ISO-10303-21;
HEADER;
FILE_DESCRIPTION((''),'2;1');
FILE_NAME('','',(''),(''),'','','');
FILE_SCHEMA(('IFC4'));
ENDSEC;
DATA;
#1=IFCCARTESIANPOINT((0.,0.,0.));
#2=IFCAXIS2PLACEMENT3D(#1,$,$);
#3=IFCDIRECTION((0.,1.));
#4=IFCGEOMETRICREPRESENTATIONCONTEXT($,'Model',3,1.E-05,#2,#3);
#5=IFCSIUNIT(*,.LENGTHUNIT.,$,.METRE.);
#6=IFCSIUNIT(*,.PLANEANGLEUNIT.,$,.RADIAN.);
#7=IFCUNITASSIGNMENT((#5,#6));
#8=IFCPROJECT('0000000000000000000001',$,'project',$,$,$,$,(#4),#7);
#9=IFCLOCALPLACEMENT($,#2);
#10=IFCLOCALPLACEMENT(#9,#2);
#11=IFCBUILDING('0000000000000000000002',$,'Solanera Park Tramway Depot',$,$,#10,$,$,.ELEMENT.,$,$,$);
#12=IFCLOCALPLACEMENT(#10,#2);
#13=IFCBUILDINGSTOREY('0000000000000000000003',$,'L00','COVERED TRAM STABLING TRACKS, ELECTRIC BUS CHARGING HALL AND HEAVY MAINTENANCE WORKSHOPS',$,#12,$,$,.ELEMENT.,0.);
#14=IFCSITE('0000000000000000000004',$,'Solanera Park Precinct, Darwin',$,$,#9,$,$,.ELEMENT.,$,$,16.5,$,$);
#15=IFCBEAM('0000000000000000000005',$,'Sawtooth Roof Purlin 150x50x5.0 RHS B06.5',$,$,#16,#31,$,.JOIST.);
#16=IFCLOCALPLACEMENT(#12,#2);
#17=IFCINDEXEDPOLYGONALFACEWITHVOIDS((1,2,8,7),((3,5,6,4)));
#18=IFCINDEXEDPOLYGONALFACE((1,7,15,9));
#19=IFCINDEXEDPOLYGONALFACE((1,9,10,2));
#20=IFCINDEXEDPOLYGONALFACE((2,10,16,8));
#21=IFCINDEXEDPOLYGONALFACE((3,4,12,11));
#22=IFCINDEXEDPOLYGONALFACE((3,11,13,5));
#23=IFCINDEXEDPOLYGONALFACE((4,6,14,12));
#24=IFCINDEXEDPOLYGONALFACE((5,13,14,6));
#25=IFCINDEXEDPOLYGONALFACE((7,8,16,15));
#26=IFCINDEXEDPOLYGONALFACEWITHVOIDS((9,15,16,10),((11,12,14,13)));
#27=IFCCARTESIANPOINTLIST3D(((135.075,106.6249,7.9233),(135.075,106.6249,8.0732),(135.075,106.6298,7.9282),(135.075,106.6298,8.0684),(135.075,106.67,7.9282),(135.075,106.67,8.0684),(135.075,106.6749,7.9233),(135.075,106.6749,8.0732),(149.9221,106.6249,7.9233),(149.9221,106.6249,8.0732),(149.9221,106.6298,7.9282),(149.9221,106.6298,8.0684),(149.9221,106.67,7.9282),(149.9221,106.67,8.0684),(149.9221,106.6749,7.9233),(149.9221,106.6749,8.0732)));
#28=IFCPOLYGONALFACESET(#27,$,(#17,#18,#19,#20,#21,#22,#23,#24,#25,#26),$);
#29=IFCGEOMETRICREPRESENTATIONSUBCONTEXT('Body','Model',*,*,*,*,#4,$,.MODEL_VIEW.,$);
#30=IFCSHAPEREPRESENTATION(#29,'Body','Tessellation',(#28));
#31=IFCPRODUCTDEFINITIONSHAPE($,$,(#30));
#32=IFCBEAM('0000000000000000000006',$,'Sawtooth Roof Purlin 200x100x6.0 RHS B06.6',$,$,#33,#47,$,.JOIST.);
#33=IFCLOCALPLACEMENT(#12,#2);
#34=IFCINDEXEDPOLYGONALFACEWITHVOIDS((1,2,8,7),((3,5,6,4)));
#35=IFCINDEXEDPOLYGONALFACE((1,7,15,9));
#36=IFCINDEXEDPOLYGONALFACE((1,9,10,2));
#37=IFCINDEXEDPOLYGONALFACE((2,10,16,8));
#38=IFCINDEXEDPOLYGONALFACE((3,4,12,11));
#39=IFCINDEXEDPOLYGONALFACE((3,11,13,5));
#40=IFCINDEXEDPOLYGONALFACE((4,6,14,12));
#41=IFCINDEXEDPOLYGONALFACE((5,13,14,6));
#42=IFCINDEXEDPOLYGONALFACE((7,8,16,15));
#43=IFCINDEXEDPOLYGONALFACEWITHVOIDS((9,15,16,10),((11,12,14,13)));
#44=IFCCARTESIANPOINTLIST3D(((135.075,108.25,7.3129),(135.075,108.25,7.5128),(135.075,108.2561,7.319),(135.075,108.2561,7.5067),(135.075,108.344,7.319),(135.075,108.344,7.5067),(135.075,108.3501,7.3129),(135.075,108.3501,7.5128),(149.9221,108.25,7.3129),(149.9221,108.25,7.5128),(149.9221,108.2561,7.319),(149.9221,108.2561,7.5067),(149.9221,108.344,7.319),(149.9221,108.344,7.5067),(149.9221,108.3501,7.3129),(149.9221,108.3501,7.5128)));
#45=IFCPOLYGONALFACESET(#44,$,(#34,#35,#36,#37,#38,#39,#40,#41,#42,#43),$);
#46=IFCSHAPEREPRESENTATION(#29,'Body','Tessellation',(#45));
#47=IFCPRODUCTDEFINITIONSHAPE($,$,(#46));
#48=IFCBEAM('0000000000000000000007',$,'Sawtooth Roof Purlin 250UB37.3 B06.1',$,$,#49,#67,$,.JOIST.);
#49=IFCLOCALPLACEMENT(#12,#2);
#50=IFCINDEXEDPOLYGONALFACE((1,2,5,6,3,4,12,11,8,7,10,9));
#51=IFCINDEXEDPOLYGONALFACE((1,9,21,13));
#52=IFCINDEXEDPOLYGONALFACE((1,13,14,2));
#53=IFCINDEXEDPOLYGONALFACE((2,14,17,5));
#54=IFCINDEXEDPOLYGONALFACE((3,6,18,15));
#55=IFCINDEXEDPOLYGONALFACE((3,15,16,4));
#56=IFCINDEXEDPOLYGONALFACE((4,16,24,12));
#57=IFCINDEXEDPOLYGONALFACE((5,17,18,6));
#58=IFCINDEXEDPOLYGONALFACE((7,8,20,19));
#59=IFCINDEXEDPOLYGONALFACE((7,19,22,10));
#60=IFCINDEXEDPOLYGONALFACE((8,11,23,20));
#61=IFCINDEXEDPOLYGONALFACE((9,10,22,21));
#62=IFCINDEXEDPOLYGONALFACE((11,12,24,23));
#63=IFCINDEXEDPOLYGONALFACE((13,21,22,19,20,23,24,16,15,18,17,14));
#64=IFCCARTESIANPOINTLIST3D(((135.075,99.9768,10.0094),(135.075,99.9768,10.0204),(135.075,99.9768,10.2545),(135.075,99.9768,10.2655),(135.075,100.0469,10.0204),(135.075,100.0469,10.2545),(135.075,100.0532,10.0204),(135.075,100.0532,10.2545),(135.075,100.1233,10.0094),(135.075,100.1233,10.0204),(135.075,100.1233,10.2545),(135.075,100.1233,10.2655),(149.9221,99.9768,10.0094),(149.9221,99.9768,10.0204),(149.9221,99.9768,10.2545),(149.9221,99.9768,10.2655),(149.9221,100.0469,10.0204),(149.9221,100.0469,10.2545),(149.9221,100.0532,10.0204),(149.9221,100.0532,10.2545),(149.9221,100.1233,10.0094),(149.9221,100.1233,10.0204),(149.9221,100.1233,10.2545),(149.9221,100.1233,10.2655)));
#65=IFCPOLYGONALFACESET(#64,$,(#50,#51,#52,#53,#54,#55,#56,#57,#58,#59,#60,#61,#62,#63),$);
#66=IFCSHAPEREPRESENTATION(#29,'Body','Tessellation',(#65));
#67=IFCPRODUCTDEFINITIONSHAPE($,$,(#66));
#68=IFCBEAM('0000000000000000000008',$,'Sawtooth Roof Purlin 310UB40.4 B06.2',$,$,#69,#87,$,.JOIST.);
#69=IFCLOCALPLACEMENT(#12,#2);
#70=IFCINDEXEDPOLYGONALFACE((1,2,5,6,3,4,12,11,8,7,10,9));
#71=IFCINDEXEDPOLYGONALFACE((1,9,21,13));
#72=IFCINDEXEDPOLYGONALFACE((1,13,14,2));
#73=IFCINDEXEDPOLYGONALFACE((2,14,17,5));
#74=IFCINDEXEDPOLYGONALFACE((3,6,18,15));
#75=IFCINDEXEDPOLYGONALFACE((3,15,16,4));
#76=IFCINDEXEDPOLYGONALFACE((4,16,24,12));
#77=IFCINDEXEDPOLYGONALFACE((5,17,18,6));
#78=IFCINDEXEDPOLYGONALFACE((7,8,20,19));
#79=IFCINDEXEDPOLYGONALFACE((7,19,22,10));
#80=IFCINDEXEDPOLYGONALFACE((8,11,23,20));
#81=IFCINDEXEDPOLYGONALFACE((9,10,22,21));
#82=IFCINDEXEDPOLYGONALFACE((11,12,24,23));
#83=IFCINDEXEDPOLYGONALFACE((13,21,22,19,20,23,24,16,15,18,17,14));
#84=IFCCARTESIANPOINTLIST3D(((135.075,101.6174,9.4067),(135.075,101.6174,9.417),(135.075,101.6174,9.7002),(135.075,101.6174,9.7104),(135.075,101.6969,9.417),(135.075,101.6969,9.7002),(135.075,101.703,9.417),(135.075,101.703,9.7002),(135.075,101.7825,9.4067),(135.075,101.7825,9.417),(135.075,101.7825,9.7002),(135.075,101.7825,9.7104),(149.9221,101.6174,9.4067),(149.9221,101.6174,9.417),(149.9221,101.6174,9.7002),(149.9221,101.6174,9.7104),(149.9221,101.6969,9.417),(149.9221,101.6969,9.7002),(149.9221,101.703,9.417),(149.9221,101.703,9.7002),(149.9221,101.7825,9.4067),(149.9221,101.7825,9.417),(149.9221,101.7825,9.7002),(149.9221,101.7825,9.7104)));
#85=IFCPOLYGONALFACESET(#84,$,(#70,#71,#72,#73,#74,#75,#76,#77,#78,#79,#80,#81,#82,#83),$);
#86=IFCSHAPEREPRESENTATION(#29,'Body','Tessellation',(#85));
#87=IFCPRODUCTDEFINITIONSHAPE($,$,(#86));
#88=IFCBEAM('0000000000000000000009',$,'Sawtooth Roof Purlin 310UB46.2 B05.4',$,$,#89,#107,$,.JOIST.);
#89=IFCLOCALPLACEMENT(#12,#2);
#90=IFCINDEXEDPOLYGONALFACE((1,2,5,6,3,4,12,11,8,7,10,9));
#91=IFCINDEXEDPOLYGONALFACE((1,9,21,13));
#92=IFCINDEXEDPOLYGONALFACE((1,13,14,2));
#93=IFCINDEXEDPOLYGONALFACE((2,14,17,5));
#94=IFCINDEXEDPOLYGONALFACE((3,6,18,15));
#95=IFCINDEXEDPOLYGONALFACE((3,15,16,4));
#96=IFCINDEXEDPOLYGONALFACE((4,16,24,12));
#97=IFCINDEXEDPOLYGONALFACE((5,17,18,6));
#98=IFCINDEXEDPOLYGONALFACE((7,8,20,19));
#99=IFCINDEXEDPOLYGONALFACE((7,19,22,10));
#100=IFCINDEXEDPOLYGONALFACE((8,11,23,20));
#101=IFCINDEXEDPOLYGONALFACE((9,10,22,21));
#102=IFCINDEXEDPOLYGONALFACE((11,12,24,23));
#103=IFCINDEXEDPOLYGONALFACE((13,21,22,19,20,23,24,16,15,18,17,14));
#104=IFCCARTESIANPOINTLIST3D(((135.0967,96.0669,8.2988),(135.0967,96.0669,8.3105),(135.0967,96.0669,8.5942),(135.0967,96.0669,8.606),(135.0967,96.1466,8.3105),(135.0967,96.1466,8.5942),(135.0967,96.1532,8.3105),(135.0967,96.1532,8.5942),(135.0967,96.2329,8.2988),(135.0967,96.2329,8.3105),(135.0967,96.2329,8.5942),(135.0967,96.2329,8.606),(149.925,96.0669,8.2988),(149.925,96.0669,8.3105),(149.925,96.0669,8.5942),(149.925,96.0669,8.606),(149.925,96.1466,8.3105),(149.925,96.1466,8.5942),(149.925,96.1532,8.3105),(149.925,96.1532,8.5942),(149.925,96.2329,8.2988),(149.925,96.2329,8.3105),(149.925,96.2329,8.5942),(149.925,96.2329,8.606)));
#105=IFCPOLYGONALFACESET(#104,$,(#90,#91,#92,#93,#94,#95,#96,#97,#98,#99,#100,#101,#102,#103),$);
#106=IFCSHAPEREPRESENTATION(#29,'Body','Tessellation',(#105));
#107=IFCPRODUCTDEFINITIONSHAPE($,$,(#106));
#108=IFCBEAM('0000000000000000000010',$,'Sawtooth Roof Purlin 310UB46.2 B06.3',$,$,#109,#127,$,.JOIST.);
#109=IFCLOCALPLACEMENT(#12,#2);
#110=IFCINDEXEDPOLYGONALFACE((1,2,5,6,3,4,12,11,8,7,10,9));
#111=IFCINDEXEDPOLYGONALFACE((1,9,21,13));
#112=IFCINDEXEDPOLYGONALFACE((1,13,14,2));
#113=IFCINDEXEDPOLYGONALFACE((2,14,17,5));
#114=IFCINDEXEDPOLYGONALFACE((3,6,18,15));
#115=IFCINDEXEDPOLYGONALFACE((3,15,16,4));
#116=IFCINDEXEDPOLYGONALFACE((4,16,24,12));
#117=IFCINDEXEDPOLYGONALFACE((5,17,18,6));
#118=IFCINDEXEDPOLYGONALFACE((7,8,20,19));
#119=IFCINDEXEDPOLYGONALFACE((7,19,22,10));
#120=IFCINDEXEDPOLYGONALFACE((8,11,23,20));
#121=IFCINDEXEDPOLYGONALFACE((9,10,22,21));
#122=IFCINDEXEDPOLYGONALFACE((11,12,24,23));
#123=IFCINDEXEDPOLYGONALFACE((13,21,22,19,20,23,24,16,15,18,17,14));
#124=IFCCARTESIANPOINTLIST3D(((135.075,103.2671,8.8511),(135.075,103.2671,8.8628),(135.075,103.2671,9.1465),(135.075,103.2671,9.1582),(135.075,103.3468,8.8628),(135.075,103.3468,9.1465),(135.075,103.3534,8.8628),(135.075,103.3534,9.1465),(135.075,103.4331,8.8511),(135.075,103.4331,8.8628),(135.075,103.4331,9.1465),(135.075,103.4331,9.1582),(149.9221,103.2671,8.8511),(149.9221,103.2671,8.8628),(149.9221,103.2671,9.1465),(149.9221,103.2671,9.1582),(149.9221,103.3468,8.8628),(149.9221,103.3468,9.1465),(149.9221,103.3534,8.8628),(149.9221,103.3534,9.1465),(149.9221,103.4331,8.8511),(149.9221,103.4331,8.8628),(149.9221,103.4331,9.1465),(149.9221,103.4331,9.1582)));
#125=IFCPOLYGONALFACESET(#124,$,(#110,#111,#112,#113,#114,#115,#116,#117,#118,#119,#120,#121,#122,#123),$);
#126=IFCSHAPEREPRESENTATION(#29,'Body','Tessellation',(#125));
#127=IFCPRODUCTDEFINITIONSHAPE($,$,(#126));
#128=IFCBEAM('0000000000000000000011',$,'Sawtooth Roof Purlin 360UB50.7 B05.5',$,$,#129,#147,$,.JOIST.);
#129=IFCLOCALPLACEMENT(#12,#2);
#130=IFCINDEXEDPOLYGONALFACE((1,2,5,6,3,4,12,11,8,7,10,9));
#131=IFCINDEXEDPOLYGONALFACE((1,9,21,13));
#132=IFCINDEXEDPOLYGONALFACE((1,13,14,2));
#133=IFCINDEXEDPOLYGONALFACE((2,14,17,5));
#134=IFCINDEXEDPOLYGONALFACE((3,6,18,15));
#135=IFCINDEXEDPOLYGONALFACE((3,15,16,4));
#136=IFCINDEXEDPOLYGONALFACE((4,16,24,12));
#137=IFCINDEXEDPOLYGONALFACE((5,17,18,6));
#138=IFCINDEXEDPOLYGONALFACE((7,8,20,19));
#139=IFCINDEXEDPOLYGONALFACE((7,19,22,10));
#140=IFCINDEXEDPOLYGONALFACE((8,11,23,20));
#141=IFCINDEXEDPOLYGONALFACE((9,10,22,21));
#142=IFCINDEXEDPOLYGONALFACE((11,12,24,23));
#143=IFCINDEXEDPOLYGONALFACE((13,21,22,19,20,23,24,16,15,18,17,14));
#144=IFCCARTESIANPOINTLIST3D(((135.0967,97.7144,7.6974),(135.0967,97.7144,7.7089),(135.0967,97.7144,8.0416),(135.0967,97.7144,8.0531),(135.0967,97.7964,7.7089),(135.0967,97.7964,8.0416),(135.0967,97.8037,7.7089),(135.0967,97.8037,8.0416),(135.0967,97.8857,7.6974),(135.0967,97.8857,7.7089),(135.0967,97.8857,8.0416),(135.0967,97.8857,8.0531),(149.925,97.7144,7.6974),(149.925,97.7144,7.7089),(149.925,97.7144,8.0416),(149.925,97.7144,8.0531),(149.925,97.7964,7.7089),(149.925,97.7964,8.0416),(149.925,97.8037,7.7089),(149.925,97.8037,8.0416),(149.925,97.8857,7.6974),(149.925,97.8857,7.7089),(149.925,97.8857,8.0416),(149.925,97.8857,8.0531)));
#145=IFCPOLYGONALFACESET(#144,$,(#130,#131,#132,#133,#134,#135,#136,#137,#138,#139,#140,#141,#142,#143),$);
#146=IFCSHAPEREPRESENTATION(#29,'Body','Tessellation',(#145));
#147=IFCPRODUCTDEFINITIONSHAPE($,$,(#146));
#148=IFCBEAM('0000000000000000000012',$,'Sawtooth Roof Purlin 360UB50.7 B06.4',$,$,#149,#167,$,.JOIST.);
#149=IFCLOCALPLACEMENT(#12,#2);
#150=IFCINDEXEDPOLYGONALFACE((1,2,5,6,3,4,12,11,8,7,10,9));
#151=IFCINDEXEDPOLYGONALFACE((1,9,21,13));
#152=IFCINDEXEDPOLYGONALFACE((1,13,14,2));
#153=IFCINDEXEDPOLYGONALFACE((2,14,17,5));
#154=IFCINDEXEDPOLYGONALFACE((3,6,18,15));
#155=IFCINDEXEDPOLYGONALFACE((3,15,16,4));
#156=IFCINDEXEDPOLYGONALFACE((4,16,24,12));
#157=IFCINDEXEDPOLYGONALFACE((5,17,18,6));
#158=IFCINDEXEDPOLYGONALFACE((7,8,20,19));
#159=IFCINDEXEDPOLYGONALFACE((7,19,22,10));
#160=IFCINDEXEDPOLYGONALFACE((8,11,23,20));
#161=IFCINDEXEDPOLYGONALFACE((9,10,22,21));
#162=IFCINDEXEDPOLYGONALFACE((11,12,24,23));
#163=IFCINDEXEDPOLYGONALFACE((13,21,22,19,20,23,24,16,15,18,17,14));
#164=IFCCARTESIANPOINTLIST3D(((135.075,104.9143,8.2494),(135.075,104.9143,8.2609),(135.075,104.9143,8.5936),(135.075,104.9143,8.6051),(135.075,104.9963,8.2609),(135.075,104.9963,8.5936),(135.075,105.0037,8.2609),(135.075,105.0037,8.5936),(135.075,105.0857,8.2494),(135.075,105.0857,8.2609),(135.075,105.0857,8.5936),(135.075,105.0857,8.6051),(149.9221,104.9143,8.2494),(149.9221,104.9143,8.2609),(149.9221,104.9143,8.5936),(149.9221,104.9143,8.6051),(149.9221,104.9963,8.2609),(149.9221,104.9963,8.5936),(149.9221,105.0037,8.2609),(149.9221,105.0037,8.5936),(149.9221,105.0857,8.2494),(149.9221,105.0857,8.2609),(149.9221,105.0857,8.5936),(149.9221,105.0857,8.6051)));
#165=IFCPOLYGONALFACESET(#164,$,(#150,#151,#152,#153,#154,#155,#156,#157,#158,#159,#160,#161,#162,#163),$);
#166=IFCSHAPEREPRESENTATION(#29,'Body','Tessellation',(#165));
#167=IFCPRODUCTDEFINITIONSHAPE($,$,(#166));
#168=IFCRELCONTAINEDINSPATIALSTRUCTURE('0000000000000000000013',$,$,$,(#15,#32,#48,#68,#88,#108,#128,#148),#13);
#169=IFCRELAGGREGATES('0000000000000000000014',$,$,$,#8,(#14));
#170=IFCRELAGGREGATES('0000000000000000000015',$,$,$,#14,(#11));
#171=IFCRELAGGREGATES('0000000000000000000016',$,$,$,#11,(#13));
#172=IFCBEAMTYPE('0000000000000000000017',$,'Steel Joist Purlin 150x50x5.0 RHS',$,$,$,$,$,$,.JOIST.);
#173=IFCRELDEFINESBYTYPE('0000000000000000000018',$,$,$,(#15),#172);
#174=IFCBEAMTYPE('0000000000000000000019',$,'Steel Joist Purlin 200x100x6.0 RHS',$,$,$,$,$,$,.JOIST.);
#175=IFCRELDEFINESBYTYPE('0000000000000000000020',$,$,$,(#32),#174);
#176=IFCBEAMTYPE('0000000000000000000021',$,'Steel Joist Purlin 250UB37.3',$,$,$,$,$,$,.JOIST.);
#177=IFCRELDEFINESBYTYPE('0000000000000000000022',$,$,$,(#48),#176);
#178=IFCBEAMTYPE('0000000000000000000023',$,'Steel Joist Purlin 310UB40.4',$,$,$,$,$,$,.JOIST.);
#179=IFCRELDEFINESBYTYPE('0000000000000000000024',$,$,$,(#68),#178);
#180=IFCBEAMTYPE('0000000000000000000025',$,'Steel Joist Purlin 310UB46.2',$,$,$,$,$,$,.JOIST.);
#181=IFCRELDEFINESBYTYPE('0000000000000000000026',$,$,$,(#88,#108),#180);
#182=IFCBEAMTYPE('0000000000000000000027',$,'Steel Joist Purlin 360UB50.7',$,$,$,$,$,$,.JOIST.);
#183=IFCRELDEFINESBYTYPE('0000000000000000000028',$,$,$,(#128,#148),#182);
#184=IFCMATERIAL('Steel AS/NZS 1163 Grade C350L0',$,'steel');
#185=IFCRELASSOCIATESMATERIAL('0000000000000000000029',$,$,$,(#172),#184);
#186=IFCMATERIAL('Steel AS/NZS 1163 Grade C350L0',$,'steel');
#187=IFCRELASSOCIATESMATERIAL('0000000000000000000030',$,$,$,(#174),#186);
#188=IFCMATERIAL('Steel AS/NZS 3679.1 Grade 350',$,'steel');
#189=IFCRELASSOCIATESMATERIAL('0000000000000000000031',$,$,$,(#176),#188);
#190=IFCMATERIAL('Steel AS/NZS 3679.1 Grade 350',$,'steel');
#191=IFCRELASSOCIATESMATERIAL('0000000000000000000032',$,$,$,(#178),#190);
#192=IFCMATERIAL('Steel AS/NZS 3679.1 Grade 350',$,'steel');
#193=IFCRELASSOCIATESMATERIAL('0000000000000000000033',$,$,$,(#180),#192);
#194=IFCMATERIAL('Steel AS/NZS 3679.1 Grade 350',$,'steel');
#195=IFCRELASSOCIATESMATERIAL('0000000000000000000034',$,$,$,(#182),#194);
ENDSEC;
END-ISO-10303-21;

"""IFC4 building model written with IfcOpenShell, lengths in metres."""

from ifc_helpers import new_model, si_unit, direction, frame, origin, origin_2d, place, context, subcontext, project, spatial, hollow_rectangle, i_section, extrude, material, material_profile, profile_set, type_object, element, save


model = new_model("IFC4")

# Units and contexts
model_context = context("Model", 3, precision=1e-05, world=origin(), true_north=direction((0.0, 1.0)))
body_context = subcontext(model_context, "Body", "Model", "MODEL_VIEW")
ifc_project = project(units=[si_unit("LENGTHUNIT", "METRE"), si_unit("PLANEANGLEUNIT", "RADIAN")], contexts=[model_context])

# Site, building, storey
site_placement = place(None, origin())
site = spatial("IfcSite", under=ifc_project, at=site_placement, Name="Solanera Park Precinct, Darwin", CompositionType="ELEMENT", RefElevation=16.5)
building_placement = place(site_placement, origin())
building = spatial("IfcBuilding", under=site, at=building_placement, Name="Solanera Park Tramway Depot", CompositionType="ELEMENT")
storey_placement = place(building_placement, origin())
storey = spatial("IfcBuildingStorey", under=building, at=storey_placement, Name="L00", Description="COVERED TRAM STABLING TRACKS, ELECTRIC BUS CHARGING HALL AND HEAVY MAINTENANCE WORKSHOPS", CompositionType="ELEMENT", Elevation=0.0)

# Beams
ifc_material_1 = material(Name="Steel AS/NZS 1163 Grade C350L0", Category="steel")
ifc_material_profile_1 = material_profile(ifc_material_1, hollow_rectangle(XDim=0.05, YDim=0.1499, WallThickness=0.0049, at=origin_2d()), Name="150x50x5.0 RHS")
ifc_profile_set_1 = profile_set([ifc_material_profile_1], Name="Steel AS/NZS 1163 Grade C350L0")
beam_type_1 = type_object("IfcBeamType", Name="Steel Joist Purlin 150x50x5.0 RHS", PredefinedType="JOIST", material=ifc_profile_set_1)
beam_1_placement = place(storey_placement, frame((135.075, 106.6499, 7.9983), z_axis=(1.0, 0.0, 0.0), x_axis=(0.0, 1.0, 0.0)))
element("IfcBeam", 1, at=beam_1_placement, inside=storey, type_object=beam_type_1, Name="Sawtooth Roof Purlin 150x50x5.0 RHS B06.5", PredefinedType="JOIST", context=body_context, shape_type="SweptSolid", body=[
    extrude(hollow_rectangle(XDim=0.05, YDim=0.1499, WallThickness=0.0049, at=origin_2d()), origin(), (0.0, 0.0, 1.0), 14.8472),
])
ifc_material_2 = material(Name="Steel AS/NZS 1163 Grade C350L0", Category="steel")
ifc_material_profile_2 = material_profile(ifc_material_2, hollow_rectangle(XDim=0.1001, YDim=0.2, WallThickness=0.0061, at=origin_2d()), Name="200x100x6.0 RHS")
ifc_profile_set_2 = profile_set([ifc_material_profile_2], Name="Steel AS/NZS 1163 Grade C350L0")
beam_type_2 = type_object("IfcBeamType", Name="Steel Joist Purlin 200x100x6.0 RHS", PredefinedType="JOIST", material=ifc_profile_set_2)
beam_2_placement = place(storey_placement, frame((135.075, 108.3, 7.4128), z_axis=(1.0, 0.0, 0.0), x_axis=(0.0, 1.0, 0.0)))
element("IfcBeam", 2, at=beam_2_placement, inside=storey, type_object=beam_type_2, Name="Sawtooth Roof Purlin 200x100x6.0 RHS B06.6", PredefinedType="JOIST", context=body_context, shape_type="SweptSolid", body=[
    extrude(hollow_rectangle(XDim=0.1001, YDim=0.2, WallThickness=0.0061, at=origin_2d()), origin(), (0.0, 0.0, 1.0), 14.8472),
])
ifc_material_3 = material(Name="Steel AS/NZS 3679.1 Grade 350", Category="steel")
ifc_material_profile_3 = material_profile(ifc_material_3, i_section(OverallWidth=0.1465, OverallDepth=0.2561, WebThickness=0.0063, FlangeThickness=0.011, at=origin_2d()), Name="250UB37.3")
ifc_profile_set_3 = profile_set([ifc_material_profile_3], Name="Steel AS/NZS 3679.1 Grade 350")
beam_type_3 = type_object("IfcBeamType", Name="Steel Joist Purlin 250UB37.3", PredefinedType="JOIST", material=ifc_profile_set_3)
beam_3_placement = place(storey_placement, frame((135.075, 100.05, 10.1375), z_axis=(1.0, 0.0, 0.0), x_axis=(0.0, 1.0, 0.0)))
element("IfcBeam", 3, at=beam_3_placement, inside=storey, type_object=beam_type_3, Name="Sawtooth Roof Purlin 250UB37.3 B06.1", PredefinedType="JOIST", context=body_context, shape_type="SweptSolid", body=[
    extrude(i_section(OverallWidth=0.1465, OverallDepth=0.2561, WebThickness=0.0063, FlangeThickness=0.011, at=origin_2d()), origin(), (0.0, 0.0, 1.0), 14.8472),
])
ifc_material_4 = material(Name="Steel AS/NZS 3679.1 Grade 350", Category="steel")
ifc_material_profile_4 = material_profile(ifc_material_4, i_section(OverallWidth=0.165, OverallDepth=0.3037, WebThickness=0.0061, FlangeThickness=0.0103, at=origin_2d()), Name="310UB40.4")
ifc_profile_set_4 = profile_set([ifc_material_profile_4], Name="Steel AS/NZS 3679.1 Grade 350")
beam_type_4 = type_object("IfcBeamType", Name="Steel Joist Purlin 310UB40.4", PredefinedType="JOIST", material=ifc_profile_set_4)
beam_4_placement = place(storey_placement, frame((135.075, 101.7, 9.5586), z_axis=(1.0, 0.0, 0.0), x_axis=(0.0, 1.0, 0.0)))
element("IfcBeam", 4, at=beam_4_placement, inside=storey, type_object=beam_type_4, Name="Sawtooth Roof Purlin 310UB40.4 B06.2", PredefinedType="JOIST", context=body_context, shape_type="SweptSolid", body=[
    extrude(i_section(OverallWidth=0.165, OverallDepth=0.3037, WebThickness=0.0061, FlangeThickness=0.0103, at=origin_2d()), origin(), (0.0, 0.0, 1.0), 14.8472),
])
ifc_material_5 = material(Name="Steel AS/NZS 3679.1 Grade 350", Category="steel")
ifc_material_profile_5 = material_profile(ifc_material_5, i_section(OverallWidth=0.166, OverallDepth=0.3071, WebThickness=0.0066, FlangeThickness=0.0117, at=origin_2d()), Name="310UB46.2")
ifc_profile_set_5 = profile_set([ifc_material_profile_5], Name="Steel AS/NZS 3679.1 Grade 350")
beam_type_5 = type_object("IfcBeamType", Name="Steel Joist Purlin 310UB46.2", PredefinedType="JOIST", material=ifc_profile_set_5)
beam_5_placement = place(storey_placement, frame((135.0967, 96.1499, 8.4524), z_axis=(1.0, 0.0, 0.0), x_axis=(0.0, 1.0, 0.0)))
element("IfcBeam", 5, at=beam_5_placement, inside=storey, type_object=beam_type_5, Name="Sawtooth Roof Purlin 310UB46.2 B05.4", PredefinedType="JOIST", context=body_context, shape_type="SweptSolid", body=[
    extrude(i_section(OverallWidth=0.166, OverallDepth=0.3071, WebThickness=0.0066, FlangeThickness=0.0117, at=origin_2d()), origin(), (0.0, 0.0, 1.0), 14.8284),
])
beam_6_placement = place(storey_placement, frame((135.075, 103.3501, 9.0046), z_axis=(1.0, 0.0, 0.0), x_axis=(0.0, 1.0, 0.0)))
element("IfcBeam", 6, at=beam_6_placement, inside=storey, type_object=beam_type_5, Name="Sawtooth Roof Purlin 310UB46.2 B06.3", PredefinedType="JOIST", context=body_context, shape_type="SweptSolid", body=[
    extrude(i_section(OverallWidth=0.166, OverallDepth=0.3071, WebThickness=0.0066, FlangeThickness=0.0117, at=origin_2d()), origin(), (0.0, 0.0, 1.0), 14.8472),
])
ifc_material_6 = material(Name="Steel AS/NZS 3679.1 Grade 350", Category="steel")
ifc_material_profile_6 = material_profile(ifc_material_6, i_section(OverallWidth=0.1714, OverallDepth=0.3557, WebThickness=0.0073, FlangeThickness=0.0115, at=origin_2d()), Name="360UB50.7")
ifc_profile_set_6 = profile_set([ifc_material_profile_6], Name="Steel AS/NZS 3679.1 Grade 350")
beam_type_6 = type_object("IfcBeamType", Name="Steel Joist Purlin 360UB50.7", PredefinedType="JOIST", material=ifc_profile_set_6)
beam_7_placement = place(storey_placement, frame((135.0967, 97.8, 7.8752), z_axis=(1.0, 0.0, 0.0), x_axis=(0.0, 1.0, 0.0)))
element("IfcBeam", 7, at=beam_7_placement, inside=storey, type_object=beam_type_6, Name="Sawtooth Roof Purlin 360UB50.7 B05.5", PredefinedType="JOIST", context=body_context, shape_type="SweptSolid", body=[
    extrude(i_section(OverallWidth=0.1714, OverallDepth=0.3557, WebThickness=0.0073, FlangeThickness=0.0115, at=origin_2d()), origin(), (0.0, 0.0, 1.0), 14.8284),
])
beam_8_placement = place(storey_placement, frame((135.075, 105.0, 8.4272), z_axis=(1.0, 0.0, 0.0), x_axis=(0.0, 1.0, 0.0)))
element("IfcBeam", 8, at=beam_8_placement, inside=storey, type_object=beam_type_6, Name="Sawtooth Roof Purlin 360UB50.7 B06.4", PredefinedType="JOIST", context=body_context, shape_type="SweptSolid", body=[
    extrude(i_section(OverallWidth=0.1714, OverallDepth=0.3557, WebThickness=0.0073, FlangeThickness=0.0115, at=origin_2d()), origin(), (0.0, 0.0, 1.0), 14.8472),
])

save(model, "model.ifc")
